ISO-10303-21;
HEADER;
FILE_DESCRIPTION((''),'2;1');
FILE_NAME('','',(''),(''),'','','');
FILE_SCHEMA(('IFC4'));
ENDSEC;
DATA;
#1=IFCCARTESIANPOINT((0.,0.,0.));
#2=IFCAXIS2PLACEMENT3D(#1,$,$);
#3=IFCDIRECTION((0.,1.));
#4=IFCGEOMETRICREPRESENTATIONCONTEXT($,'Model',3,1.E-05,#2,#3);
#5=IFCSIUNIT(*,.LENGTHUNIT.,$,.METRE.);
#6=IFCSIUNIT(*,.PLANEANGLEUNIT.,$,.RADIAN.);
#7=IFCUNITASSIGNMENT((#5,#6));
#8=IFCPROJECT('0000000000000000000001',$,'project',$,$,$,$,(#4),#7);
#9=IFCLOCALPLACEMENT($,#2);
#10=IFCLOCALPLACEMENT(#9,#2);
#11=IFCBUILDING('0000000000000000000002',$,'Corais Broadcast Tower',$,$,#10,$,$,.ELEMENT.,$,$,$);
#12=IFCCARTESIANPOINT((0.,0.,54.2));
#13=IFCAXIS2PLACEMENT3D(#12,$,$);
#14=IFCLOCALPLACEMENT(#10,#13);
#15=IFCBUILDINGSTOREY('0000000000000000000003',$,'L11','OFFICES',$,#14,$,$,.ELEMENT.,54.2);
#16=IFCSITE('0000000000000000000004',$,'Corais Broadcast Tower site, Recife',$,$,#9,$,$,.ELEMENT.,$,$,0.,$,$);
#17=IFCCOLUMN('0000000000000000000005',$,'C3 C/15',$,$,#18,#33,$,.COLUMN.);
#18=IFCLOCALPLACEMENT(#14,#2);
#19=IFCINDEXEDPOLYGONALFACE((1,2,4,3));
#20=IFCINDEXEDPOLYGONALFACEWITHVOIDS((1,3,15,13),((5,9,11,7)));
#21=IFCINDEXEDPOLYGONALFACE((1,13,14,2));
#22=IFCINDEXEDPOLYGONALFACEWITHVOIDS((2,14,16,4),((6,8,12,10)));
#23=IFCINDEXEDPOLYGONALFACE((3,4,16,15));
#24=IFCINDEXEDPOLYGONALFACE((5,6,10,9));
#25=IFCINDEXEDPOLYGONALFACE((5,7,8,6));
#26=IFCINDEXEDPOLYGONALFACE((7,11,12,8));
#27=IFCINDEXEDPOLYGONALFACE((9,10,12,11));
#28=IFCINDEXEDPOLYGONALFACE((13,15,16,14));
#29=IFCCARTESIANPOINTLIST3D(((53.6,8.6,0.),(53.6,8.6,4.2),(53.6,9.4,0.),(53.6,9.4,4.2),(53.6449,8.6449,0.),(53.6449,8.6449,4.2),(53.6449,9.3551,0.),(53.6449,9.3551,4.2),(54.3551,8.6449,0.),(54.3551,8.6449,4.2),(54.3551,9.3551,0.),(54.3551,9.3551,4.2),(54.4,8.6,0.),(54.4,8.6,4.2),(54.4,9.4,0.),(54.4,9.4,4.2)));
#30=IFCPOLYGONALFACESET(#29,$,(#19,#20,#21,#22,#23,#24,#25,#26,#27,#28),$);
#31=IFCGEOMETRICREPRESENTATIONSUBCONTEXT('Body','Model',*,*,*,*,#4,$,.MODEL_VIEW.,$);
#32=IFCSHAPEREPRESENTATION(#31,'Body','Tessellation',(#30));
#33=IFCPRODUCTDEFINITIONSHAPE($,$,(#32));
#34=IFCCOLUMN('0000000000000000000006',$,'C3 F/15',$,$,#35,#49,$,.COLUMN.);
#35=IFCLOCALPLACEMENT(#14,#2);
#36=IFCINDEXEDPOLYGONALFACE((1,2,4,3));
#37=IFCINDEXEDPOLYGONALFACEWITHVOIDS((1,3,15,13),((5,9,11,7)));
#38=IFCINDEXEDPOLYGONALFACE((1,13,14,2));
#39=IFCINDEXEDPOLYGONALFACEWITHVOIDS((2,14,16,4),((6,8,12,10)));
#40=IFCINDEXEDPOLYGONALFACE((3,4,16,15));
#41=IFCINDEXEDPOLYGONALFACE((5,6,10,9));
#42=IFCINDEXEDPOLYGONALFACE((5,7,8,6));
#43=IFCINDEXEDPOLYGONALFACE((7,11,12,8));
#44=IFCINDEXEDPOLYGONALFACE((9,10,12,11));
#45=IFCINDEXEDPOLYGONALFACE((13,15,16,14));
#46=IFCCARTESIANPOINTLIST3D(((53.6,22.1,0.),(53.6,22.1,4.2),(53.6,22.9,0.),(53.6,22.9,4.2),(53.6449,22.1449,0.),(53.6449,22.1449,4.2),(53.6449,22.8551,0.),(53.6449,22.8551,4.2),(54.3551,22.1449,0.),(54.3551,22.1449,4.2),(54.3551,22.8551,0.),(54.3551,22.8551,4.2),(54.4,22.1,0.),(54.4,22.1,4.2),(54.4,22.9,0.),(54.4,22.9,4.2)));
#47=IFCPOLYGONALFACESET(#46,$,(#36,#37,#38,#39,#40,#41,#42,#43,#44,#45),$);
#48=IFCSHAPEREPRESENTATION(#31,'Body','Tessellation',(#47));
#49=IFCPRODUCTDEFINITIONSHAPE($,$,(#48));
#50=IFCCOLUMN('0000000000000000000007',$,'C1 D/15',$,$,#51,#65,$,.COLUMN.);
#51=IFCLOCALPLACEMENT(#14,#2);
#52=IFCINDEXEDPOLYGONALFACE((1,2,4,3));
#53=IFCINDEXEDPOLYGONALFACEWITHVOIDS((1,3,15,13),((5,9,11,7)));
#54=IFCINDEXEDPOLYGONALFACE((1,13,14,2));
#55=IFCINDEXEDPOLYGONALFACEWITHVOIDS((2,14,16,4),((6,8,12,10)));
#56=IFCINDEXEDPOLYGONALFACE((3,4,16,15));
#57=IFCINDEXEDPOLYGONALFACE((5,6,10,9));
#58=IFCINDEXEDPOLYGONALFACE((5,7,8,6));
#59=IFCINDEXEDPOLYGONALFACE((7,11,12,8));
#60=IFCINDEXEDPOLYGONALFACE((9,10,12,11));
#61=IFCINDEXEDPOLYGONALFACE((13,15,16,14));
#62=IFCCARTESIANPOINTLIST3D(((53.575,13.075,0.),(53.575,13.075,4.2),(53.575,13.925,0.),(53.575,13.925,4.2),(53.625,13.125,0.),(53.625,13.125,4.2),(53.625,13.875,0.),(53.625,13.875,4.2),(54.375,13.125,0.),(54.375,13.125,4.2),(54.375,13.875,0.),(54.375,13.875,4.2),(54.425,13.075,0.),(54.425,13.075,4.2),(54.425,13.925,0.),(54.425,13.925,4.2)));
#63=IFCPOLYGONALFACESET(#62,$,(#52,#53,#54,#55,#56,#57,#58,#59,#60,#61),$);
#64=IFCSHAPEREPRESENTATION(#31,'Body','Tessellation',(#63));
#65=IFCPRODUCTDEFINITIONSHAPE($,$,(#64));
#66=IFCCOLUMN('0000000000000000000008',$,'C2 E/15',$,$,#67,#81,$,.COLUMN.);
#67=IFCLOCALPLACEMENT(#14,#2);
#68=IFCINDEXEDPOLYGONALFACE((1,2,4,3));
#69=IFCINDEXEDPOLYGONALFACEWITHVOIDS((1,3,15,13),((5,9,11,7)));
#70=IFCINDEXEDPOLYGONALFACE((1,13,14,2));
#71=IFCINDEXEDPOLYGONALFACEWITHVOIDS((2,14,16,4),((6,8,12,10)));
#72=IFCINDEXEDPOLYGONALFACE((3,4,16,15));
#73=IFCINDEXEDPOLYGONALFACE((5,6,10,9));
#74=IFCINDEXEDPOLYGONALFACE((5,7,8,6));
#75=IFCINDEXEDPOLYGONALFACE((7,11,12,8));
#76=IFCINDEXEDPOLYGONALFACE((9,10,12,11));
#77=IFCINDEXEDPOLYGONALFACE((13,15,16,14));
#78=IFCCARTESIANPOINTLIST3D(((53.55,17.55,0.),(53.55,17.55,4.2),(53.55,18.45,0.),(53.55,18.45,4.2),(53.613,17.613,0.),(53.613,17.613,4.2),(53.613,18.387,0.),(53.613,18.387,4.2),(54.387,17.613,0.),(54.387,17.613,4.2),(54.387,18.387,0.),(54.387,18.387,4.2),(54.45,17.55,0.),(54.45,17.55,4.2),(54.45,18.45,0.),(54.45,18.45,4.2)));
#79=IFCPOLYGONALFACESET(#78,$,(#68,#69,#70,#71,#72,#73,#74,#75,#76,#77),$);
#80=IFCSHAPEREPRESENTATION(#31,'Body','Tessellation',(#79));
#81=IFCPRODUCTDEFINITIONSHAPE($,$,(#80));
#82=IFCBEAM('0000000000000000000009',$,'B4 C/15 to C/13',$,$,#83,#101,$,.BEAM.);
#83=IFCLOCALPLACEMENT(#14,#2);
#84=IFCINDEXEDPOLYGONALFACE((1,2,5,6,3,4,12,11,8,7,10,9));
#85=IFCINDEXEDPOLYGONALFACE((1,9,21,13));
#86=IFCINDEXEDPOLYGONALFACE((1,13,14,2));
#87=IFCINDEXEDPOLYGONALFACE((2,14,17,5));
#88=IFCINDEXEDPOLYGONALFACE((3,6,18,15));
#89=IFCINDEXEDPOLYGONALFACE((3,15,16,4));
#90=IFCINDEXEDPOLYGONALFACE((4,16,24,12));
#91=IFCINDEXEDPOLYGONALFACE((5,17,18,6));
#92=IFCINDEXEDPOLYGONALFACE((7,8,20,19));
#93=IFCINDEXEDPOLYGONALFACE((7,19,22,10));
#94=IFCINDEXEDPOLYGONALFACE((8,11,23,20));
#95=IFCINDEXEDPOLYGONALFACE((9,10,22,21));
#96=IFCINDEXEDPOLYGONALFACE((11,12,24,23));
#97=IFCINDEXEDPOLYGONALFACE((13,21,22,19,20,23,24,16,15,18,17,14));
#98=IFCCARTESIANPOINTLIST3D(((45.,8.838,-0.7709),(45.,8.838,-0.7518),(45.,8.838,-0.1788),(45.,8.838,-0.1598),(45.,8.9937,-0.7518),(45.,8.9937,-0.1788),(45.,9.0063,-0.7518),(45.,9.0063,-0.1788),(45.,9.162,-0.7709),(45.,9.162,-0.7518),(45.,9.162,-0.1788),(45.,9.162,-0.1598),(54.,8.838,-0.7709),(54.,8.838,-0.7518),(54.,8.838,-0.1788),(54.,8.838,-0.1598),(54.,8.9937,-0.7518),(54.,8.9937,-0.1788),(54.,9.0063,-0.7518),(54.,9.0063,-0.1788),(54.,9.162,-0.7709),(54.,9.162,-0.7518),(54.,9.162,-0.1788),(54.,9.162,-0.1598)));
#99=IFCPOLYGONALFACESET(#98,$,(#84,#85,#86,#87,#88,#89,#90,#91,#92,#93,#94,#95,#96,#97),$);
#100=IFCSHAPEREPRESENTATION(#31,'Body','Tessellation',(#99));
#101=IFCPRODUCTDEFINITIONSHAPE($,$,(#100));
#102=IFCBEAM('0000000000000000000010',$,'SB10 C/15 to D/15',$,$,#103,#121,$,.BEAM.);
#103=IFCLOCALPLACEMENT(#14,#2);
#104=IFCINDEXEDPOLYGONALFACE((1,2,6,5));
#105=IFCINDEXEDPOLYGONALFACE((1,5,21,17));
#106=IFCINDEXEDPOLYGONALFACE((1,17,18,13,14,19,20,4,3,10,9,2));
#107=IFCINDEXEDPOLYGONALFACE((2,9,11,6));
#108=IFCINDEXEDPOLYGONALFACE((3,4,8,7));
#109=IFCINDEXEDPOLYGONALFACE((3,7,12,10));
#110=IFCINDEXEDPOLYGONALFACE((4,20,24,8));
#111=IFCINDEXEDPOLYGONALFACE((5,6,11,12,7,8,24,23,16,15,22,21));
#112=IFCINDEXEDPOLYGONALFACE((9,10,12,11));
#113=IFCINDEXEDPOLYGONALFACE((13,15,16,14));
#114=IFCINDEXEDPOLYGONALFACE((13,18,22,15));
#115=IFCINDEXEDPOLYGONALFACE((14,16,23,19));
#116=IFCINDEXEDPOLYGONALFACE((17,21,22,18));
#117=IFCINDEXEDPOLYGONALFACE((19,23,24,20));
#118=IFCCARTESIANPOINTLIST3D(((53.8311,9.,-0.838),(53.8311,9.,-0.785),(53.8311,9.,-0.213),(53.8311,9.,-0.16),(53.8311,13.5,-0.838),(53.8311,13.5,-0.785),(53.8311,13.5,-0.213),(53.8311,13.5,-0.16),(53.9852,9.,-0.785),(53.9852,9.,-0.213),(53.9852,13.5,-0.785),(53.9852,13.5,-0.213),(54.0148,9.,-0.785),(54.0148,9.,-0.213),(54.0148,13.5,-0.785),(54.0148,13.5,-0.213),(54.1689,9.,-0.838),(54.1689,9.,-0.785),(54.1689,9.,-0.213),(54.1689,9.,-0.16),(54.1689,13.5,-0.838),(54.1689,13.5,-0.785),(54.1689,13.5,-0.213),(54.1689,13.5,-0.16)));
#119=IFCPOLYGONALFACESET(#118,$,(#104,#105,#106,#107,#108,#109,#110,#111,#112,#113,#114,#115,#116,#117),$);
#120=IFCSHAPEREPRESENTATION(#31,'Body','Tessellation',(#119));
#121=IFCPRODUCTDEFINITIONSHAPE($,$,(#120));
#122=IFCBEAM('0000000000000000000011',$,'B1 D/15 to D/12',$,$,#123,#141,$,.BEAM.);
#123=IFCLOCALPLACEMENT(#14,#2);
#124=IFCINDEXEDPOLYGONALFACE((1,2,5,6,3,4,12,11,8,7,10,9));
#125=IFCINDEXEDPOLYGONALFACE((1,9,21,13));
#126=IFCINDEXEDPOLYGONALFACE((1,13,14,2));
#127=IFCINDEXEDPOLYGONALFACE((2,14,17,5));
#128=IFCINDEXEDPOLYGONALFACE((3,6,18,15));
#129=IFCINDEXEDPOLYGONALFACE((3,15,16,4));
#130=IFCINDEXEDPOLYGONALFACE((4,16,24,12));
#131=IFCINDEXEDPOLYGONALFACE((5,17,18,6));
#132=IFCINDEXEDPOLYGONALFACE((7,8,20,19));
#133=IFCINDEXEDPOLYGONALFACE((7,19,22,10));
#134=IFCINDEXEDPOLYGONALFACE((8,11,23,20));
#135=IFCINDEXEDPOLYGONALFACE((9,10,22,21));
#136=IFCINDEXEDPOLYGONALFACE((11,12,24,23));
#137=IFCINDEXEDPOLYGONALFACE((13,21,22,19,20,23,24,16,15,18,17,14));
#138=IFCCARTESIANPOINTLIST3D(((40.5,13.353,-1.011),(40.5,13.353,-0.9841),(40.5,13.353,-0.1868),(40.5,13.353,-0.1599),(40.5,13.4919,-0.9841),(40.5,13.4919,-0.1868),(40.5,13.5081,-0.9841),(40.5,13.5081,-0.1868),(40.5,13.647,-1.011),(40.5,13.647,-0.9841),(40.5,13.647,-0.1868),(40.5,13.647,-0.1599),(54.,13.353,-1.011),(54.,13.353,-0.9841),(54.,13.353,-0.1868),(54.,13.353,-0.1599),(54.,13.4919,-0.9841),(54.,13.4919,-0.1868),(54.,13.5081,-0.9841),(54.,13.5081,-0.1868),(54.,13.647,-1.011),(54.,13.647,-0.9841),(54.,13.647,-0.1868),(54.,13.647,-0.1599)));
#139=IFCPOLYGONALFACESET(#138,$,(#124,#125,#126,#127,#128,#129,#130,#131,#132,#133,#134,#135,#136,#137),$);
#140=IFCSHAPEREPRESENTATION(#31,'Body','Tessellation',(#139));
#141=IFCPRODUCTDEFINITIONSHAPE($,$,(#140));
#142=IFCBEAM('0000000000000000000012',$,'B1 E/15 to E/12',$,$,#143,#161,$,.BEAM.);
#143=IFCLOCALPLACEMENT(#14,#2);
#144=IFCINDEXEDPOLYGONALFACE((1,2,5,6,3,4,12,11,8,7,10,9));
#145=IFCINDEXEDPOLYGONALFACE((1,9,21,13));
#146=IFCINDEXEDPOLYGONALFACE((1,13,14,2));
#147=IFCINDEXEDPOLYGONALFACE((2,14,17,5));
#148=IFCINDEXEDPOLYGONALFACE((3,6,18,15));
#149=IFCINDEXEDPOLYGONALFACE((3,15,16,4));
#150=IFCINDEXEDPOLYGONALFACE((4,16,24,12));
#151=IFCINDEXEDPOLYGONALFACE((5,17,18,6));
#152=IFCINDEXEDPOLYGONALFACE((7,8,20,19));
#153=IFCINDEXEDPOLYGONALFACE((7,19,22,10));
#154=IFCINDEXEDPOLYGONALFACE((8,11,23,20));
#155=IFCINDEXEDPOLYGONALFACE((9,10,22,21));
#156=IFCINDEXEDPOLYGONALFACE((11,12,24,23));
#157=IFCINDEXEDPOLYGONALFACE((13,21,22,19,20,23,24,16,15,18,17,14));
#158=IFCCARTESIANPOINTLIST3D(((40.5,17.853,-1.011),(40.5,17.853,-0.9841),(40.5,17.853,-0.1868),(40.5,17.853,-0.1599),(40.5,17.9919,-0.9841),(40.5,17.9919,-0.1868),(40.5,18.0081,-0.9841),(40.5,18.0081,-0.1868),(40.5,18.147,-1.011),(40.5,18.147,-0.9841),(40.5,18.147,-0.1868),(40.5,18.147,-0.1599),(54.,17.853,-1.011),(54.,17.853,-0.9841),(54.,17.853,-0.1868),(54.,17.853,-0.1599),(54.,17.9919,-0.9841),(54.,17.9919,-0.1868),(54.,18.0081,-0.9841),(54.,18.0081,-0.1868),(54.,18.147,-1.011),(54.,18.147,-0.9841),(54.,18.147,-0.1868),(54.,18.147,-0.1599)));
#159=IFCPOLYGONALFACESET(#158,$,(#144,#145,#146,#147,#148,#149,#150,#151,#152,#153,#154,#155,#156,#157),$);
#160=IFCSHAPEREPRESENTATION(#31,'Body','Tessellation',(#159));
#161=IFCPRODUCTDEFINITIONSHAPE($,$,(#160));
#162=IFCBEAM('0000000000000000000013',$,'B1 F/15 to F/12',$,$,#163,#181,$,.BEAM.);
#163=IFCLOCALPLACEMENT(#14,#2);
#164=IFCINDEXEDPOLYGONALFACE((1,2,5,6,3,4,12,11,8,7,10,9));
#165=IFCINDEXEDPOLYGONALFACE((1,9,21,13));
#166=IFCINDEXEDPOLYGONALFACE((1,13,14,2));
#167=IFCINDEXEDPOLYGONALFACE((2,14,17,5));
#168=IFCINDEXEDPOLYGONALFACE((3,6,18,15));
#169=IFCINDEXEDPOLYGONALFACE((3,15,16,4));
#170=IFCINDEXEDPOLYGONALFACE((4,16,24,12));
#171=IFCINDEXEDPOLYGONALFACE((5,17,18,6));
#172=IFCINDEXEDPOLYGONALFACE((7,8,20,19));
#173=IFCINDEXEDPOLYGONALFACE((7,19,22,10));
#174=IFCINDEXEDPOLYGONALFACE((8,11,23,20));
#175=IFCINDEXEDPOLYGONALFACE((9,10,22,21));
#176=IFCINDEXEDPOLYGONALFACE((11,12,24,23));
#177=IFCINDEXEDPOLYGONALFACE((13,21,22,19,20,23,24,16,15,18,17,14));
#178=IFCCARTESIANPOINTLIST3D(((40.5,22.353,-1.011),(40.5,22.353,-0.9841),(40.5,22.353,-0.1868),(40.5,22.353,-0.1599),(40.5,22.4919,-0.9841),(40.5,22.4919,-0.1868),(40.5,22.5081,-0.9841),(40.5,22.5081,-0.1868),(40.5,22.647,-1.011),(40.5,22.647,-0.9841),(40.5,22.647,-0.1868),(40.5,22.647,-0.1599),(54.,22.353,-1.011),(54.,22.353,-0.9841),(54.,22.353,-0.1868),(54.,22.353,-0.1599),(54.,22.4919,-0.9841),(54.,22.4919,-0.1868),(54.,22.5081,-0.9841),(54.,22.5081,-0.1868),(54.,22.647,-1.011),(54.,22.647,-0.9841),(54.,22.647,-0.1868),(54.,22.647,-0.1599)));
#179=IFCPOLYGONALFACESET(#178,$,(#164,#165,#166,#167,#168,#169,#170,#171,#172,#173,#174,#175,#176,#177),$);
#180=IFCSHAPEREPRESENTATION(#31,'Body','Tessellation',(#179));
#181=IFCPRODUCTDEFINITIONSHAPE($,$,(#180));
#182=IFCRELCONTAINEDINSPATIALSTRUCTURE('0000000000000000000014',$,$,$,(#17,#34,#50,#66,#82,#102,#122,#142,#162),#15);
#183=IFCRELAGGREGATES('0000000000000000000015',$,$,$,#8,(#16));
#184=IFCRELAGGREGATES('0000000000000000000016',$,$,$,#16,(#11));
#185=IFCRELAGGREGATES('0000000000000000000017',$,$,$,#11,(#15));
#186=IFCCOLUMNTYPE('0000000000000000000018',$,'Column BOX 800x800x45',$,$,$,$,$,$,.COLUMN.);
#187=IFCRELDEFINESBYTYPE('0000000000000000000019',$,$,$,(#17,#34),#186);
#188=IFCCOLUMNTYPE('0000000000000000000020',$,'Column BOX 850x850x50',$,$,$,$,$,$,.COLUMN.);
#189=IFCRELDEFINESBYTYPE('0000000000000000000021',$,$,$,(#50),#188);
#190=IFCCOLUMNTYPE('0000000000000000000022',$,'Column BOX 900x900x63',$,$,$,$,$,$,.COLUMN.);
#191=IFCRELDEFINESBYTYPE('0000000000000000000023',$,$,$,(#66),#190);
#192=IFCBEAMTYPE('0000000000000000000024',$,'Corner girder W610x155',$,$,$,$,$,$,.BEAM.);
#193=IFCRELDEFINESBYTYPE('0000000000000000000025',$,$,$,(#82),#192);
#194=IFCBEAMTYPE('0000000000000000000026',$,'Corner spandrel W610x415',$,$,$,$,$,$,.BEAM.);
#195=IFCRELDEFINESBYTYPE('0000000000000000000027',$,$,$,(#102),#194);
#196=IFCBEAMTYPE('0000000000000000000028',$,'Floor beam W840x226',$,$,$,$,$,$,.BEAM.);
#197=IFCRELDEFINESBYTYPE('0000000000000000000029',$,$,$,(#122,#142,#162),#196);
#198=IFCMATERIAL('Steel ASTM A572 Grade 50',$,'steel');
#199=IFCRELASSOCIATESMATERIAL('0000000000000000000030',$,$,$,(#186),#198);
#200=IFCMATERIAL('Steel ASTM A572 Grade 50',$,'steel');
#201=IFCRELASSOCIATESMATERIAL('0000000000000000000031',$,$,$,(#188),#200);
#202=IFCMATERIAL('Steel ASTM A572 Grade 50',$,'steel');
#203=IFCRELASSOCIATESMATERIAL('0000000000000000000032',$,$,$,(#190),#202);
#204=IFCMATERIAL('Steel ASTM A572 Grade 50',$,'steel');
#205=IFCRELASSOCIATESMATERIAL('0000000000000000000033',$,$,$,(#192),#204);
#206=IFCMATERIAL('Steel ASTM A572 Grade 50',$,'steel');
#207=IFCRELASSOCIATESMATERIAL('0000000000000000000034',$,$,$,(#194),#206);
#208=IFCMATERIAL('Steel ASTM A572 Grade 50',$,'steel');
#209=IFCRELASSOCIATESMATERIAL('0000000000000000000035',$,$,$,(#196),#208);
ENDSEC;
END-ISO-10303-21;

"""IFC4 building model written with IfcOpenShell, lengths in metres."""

from ifc_helpers import new_model, si_unit, direction, frame, origin, origin_2d, place, context, subcontext, project, spatial, hollow_rectangle, i_section, extrude, material, material_profile, profile_set, type_object, element, save


model = new_model("IFC4")

# Units and contexts
model_context = context("Model", 3, precision=1e-05, world=origin(), true_north=direction((0.0, 1.0)))
body_context = subcontext(model_context, "Body", "Model", "MODEL_VIEW")
ifc_project = project(units=[si_unit("LENGTHUNIT", "METRE"), si_unit("PLANEANGLEUNIT", "RADIAN")], contexts=[model_context])

# Site, building, storey
site_placement = place(None, origin())
site = spatial("IfcSite", under=ifc_project, at=site_placement, Name="Corais Broadcast Tower site, Recife", CompositionType="ELEMENT", RefElevation=0.0)
building_placement = place(site_placement, origin())
building = spatial("IfcBuilding", under=site, at=building_placement, Name="Corais Broadcast Tower", CompositionType="ELEMENT")
storey_placement = place(building_placement, frame((0.0, 0.0, 54.2)))
storey = spatial("IfcBuildingStorey", under=building, at=storey_placement, Name="L11", Description="OFFICES", CompositionType="ELEMENT", Elevation=54.2)

# Columns
ifc_material_1 = material(Name="Steel ASTM A572 Grade 50", Category="steel")
ifc_material_profile_1 = material_profile(ifc_material_1, hollow_rectangle(XDim=0.8, YDim=0.8, WallThickness=0.0449, at=origin_2d()), Name="BOX 800x800x45")
ifc_profile_set_1 = profile_set([ifc_material_profile_1], Name="Steel ASTM A572 Grade 50")
column_type_1 = type_object("IfcColumnType", Name="Column BOX 800x800x45", PredefinedType="COLUMN", material=ifc_profile_set_1)
for number, where, z_axis, x_axis, name in (
    (1, (54.0, 9.0, 0.0), (0.0, 0.0, 1.0), (1.0, 0.0, 0.0), "C3 C/15"),
    (2, (54.0, 22.5, 0.0), (0.0, 0.0, 1.0), (1.0, 0.0, 0.0), "C3 F/15"),
):
    element("IfcColumn", number, at=place(storey_placement, frame(where, z_axis=z_axis, x_axis=x_axis)), inside=storey, type_object=column_type_1, Name=name, PredefinedType="COLUMN", context=body_context, shape_type="SweptSolid", body=[
        extrude(hollow_rectangle(XDim=0.8, YDim=0.8, WallThickness=0.0449, at=origin_2d()), origin(), (0.0, 0.0, 1.0), 4.2),
    ])
ifc_material_2 = material(Name="Steel ASTM A572 Grade 50", Category="steel")
ifc_material_profile_2 = material_profile(ifc_material_2, hollow_rectangle(XDim=0.8501, YDim=0.8501, WallThickness=0.05, at=origin_2d()), Name="BOX 850x850x50")
ifc_profile_set_2 = profile_set([ifc_material_profile_2], Name="Steel ASTM A572 Grade 50")
column_type_2 = type_object("IfcColumnType", Name="Column BOX 850x850x50", PredefinedType="COLUMN", material=ifc_profile_set_2)
column_1_placement = place(storey_placement, frame((54.0, 13.5, 0.0), z_axis=(0.0, 0.0, 1.0), x_axis=(1.0, 0.0, 0.0)))
element("IfcColumn", 3, at=column_1_placement, inside=storey, type_object=column_type_2, Name="C1 D/15", PredefinedType="COLUMN", context=body_context, shape_type="SweptSolid", body=[
    extrude(hollow_rectangle(XDim=0.8501, YDim=0.8501, WallThickness=0.05, at=origin_2d()), origin(), (0.0, 0.0, 1.0), 4.2),
])
ifc_material_3 = material(Name="Steel ASTM A572 Grade 50", Category="steel")
ifc_material_profile_3 = material_profile(ifc_material_3, hollow_rectangle(XDim=0.8999, YDim=0.8999, WallThickness=0.063, at=origin_2d()), Name="BOX 900x900x63")
ifc_profile_set_3 = profile_set([ifc_material_profile_3], Name="Steel ASTM A572 Grade 50")
column_type_3 = type_object("IfcColumnType", Name="Column BOX 900x900x63", PredefinedType="COLUMN", material=ifc_profile_set_3)
column_2_placement = place(storey_placement, frame((54.0, 18.0, 0.0), z_axis=(0.0, 0.0, 1.0), x_axis=(1.0, 0.0, 0.0)))
element("IfcColumn", 4, at=column_2_placement, inside=storey, type_object=column_type_3, Name="C2 E/15", PredefinedType="COLUMN", context=body_context, shape_type="SweptSolid", body=[
    extrude(hollow_rectangle(XDim=0.8999, YDim=0.8999, WallThickness=0.063, at=origin_2d()), origin(), (0.0, 0.0, 1.0), 4.2),
])

# Beams
ifc_material_4 = material(Name="Steel ASTM A572 Grade 50", Category="steel")
ifc_material_profile_4 = material_profile(ifc_material_4, i_section(OverallWidth=0.324, OverallDepth=0.6111, WebThickness=0.0127, FlangeThickness=0.019, at=origin_2d()), Name="W610x155")
ifc_profile_set_4 = profile_set([ifc_material_profile_4], Name="Steel ASTM A572 Grade 50")
beam_type_1 = type_object("IfcBeamType", Name="Corner girder W610x155", PredefinedType="BEAM", material=ifc_profile_set_4)
beam_1_placement = place(storey_placement, frame((54.0, 9.0, -0.4653), z_axis=(-1.0, 0.0, 0.0), x_axis=(0.0, -1.0, 0.0)))
element("IfcBeam", 5, at=beam_1_placement, inside=storey, type_object=beam_type_1, Name="B4 C/15 to C/13", PredefinedType="BEAM", context=body_context, shape_type="SweptSolid", body=[
    extrude(i_section(OverallWidth=0.324, OverallDepth=0.6111, WebThickness=0.0127, FlangeThickness=0.019, at=origin_2d()), origin(), (0.0, 0.0, 1.0), 9.0),
])
ifc_material_5 = material(Name="Steel ASTM A572 Grade 50", Category="steel")
ifc_material_profile_5 = material_profile(ifc_material_5, i_section(OverallWidth=0.3379, OverallDepth=0.678, WebThickness=0.0295, FlangeThickness=0.053, at=origin_2d()), Name="W610x415")
ifc_profile_set_5 = profile_set([ifc_material_profile_5], Name="Steel ASTM A572 Grade 50")
beam_type_2 = type_object("IfcBeamType", Name="Corner spandrel W610x415", PredefinedType="BEAM", material=ifc_profile_set_5)
beam_2_placement = place(storey_placement, frame((54.0, 9.0, -0.499), z_axis=(0.0, 1.0, 0.0), x_axis=(-1.0, 0.0, 0.0)))
element("IfcBeam", 6, at=beam_2_placement, inside=storey, type_object=beam_type_2, Name="SB10 C/15 to D/15", PredefinedType="BEAM", context=body_context, shape_type="SweptSolid", body=[
    extrude(i_section(OverallWidth=0.3379, OverallDepth=0.678, WebThickness=0.0295, FlangeThickness=0.053, at=origin_2d()), origin(), (0.0, 0.0, 1.0), 4.5),
])
ifc_material_6 = material(Name="Steel ASTM A572 Grade 50", Category="steel")
ifc_material_profile_6 = material_profile(ifc_material_6, i_section(OverallWidth=0.2939, OverallDepth=0.8511, WebThickness=0.0161, FlangeThickness=0.0269, at=origin_2d()), Name="W840x226")
ifc_profile_set_6 = profile_set([ifc_material_profile_6], Name="Steel ASTM A572 Grade 50")
beam_type_3 = type_object("IfcBeamType", Name="Floor beam W840x226", PredefinedType="BEAM", material=ifc_profile_set_6)
for number, where, z_axis, x_axis, name in (
    (7, (54.0, 13.5, -0.5854), (-1.0, 0.0, 0.0), (0.0, -1.0, 0.0), "B1 D/15 to D/12"),
    (8, (54.0, 18.0, -0.5854), (-1.0, 0.0, 0.0), (0.0, -1.0, 0.0), "B1 E/15 to E/12"),
    (9, (54.0, 22.5, -0.5854), (-1.0, 0.0, 0.0), (0.0, -1.0, 0.0), "B1 F/15 to F/12"),
):
    element("IfcBeam", number, at=place(storey_placement, frame(where, z_axis=z_axis, x_axis=x_axis)), inside=storey, type_object=beam_type_3, Name=name, PredefinedType="BEAM", context=body_context, shape_type="SweptSolid", body=[
        extrude(i_section(OverallWidth=0.2939, OverallDepth=0.8511, WebThickness=0.0161, FlangeThickness=0.0269, at=origin_2d()), origin(), (0.0, 0.0, 1.0), 13.5),
    ])

save(model, "model.ifc")
